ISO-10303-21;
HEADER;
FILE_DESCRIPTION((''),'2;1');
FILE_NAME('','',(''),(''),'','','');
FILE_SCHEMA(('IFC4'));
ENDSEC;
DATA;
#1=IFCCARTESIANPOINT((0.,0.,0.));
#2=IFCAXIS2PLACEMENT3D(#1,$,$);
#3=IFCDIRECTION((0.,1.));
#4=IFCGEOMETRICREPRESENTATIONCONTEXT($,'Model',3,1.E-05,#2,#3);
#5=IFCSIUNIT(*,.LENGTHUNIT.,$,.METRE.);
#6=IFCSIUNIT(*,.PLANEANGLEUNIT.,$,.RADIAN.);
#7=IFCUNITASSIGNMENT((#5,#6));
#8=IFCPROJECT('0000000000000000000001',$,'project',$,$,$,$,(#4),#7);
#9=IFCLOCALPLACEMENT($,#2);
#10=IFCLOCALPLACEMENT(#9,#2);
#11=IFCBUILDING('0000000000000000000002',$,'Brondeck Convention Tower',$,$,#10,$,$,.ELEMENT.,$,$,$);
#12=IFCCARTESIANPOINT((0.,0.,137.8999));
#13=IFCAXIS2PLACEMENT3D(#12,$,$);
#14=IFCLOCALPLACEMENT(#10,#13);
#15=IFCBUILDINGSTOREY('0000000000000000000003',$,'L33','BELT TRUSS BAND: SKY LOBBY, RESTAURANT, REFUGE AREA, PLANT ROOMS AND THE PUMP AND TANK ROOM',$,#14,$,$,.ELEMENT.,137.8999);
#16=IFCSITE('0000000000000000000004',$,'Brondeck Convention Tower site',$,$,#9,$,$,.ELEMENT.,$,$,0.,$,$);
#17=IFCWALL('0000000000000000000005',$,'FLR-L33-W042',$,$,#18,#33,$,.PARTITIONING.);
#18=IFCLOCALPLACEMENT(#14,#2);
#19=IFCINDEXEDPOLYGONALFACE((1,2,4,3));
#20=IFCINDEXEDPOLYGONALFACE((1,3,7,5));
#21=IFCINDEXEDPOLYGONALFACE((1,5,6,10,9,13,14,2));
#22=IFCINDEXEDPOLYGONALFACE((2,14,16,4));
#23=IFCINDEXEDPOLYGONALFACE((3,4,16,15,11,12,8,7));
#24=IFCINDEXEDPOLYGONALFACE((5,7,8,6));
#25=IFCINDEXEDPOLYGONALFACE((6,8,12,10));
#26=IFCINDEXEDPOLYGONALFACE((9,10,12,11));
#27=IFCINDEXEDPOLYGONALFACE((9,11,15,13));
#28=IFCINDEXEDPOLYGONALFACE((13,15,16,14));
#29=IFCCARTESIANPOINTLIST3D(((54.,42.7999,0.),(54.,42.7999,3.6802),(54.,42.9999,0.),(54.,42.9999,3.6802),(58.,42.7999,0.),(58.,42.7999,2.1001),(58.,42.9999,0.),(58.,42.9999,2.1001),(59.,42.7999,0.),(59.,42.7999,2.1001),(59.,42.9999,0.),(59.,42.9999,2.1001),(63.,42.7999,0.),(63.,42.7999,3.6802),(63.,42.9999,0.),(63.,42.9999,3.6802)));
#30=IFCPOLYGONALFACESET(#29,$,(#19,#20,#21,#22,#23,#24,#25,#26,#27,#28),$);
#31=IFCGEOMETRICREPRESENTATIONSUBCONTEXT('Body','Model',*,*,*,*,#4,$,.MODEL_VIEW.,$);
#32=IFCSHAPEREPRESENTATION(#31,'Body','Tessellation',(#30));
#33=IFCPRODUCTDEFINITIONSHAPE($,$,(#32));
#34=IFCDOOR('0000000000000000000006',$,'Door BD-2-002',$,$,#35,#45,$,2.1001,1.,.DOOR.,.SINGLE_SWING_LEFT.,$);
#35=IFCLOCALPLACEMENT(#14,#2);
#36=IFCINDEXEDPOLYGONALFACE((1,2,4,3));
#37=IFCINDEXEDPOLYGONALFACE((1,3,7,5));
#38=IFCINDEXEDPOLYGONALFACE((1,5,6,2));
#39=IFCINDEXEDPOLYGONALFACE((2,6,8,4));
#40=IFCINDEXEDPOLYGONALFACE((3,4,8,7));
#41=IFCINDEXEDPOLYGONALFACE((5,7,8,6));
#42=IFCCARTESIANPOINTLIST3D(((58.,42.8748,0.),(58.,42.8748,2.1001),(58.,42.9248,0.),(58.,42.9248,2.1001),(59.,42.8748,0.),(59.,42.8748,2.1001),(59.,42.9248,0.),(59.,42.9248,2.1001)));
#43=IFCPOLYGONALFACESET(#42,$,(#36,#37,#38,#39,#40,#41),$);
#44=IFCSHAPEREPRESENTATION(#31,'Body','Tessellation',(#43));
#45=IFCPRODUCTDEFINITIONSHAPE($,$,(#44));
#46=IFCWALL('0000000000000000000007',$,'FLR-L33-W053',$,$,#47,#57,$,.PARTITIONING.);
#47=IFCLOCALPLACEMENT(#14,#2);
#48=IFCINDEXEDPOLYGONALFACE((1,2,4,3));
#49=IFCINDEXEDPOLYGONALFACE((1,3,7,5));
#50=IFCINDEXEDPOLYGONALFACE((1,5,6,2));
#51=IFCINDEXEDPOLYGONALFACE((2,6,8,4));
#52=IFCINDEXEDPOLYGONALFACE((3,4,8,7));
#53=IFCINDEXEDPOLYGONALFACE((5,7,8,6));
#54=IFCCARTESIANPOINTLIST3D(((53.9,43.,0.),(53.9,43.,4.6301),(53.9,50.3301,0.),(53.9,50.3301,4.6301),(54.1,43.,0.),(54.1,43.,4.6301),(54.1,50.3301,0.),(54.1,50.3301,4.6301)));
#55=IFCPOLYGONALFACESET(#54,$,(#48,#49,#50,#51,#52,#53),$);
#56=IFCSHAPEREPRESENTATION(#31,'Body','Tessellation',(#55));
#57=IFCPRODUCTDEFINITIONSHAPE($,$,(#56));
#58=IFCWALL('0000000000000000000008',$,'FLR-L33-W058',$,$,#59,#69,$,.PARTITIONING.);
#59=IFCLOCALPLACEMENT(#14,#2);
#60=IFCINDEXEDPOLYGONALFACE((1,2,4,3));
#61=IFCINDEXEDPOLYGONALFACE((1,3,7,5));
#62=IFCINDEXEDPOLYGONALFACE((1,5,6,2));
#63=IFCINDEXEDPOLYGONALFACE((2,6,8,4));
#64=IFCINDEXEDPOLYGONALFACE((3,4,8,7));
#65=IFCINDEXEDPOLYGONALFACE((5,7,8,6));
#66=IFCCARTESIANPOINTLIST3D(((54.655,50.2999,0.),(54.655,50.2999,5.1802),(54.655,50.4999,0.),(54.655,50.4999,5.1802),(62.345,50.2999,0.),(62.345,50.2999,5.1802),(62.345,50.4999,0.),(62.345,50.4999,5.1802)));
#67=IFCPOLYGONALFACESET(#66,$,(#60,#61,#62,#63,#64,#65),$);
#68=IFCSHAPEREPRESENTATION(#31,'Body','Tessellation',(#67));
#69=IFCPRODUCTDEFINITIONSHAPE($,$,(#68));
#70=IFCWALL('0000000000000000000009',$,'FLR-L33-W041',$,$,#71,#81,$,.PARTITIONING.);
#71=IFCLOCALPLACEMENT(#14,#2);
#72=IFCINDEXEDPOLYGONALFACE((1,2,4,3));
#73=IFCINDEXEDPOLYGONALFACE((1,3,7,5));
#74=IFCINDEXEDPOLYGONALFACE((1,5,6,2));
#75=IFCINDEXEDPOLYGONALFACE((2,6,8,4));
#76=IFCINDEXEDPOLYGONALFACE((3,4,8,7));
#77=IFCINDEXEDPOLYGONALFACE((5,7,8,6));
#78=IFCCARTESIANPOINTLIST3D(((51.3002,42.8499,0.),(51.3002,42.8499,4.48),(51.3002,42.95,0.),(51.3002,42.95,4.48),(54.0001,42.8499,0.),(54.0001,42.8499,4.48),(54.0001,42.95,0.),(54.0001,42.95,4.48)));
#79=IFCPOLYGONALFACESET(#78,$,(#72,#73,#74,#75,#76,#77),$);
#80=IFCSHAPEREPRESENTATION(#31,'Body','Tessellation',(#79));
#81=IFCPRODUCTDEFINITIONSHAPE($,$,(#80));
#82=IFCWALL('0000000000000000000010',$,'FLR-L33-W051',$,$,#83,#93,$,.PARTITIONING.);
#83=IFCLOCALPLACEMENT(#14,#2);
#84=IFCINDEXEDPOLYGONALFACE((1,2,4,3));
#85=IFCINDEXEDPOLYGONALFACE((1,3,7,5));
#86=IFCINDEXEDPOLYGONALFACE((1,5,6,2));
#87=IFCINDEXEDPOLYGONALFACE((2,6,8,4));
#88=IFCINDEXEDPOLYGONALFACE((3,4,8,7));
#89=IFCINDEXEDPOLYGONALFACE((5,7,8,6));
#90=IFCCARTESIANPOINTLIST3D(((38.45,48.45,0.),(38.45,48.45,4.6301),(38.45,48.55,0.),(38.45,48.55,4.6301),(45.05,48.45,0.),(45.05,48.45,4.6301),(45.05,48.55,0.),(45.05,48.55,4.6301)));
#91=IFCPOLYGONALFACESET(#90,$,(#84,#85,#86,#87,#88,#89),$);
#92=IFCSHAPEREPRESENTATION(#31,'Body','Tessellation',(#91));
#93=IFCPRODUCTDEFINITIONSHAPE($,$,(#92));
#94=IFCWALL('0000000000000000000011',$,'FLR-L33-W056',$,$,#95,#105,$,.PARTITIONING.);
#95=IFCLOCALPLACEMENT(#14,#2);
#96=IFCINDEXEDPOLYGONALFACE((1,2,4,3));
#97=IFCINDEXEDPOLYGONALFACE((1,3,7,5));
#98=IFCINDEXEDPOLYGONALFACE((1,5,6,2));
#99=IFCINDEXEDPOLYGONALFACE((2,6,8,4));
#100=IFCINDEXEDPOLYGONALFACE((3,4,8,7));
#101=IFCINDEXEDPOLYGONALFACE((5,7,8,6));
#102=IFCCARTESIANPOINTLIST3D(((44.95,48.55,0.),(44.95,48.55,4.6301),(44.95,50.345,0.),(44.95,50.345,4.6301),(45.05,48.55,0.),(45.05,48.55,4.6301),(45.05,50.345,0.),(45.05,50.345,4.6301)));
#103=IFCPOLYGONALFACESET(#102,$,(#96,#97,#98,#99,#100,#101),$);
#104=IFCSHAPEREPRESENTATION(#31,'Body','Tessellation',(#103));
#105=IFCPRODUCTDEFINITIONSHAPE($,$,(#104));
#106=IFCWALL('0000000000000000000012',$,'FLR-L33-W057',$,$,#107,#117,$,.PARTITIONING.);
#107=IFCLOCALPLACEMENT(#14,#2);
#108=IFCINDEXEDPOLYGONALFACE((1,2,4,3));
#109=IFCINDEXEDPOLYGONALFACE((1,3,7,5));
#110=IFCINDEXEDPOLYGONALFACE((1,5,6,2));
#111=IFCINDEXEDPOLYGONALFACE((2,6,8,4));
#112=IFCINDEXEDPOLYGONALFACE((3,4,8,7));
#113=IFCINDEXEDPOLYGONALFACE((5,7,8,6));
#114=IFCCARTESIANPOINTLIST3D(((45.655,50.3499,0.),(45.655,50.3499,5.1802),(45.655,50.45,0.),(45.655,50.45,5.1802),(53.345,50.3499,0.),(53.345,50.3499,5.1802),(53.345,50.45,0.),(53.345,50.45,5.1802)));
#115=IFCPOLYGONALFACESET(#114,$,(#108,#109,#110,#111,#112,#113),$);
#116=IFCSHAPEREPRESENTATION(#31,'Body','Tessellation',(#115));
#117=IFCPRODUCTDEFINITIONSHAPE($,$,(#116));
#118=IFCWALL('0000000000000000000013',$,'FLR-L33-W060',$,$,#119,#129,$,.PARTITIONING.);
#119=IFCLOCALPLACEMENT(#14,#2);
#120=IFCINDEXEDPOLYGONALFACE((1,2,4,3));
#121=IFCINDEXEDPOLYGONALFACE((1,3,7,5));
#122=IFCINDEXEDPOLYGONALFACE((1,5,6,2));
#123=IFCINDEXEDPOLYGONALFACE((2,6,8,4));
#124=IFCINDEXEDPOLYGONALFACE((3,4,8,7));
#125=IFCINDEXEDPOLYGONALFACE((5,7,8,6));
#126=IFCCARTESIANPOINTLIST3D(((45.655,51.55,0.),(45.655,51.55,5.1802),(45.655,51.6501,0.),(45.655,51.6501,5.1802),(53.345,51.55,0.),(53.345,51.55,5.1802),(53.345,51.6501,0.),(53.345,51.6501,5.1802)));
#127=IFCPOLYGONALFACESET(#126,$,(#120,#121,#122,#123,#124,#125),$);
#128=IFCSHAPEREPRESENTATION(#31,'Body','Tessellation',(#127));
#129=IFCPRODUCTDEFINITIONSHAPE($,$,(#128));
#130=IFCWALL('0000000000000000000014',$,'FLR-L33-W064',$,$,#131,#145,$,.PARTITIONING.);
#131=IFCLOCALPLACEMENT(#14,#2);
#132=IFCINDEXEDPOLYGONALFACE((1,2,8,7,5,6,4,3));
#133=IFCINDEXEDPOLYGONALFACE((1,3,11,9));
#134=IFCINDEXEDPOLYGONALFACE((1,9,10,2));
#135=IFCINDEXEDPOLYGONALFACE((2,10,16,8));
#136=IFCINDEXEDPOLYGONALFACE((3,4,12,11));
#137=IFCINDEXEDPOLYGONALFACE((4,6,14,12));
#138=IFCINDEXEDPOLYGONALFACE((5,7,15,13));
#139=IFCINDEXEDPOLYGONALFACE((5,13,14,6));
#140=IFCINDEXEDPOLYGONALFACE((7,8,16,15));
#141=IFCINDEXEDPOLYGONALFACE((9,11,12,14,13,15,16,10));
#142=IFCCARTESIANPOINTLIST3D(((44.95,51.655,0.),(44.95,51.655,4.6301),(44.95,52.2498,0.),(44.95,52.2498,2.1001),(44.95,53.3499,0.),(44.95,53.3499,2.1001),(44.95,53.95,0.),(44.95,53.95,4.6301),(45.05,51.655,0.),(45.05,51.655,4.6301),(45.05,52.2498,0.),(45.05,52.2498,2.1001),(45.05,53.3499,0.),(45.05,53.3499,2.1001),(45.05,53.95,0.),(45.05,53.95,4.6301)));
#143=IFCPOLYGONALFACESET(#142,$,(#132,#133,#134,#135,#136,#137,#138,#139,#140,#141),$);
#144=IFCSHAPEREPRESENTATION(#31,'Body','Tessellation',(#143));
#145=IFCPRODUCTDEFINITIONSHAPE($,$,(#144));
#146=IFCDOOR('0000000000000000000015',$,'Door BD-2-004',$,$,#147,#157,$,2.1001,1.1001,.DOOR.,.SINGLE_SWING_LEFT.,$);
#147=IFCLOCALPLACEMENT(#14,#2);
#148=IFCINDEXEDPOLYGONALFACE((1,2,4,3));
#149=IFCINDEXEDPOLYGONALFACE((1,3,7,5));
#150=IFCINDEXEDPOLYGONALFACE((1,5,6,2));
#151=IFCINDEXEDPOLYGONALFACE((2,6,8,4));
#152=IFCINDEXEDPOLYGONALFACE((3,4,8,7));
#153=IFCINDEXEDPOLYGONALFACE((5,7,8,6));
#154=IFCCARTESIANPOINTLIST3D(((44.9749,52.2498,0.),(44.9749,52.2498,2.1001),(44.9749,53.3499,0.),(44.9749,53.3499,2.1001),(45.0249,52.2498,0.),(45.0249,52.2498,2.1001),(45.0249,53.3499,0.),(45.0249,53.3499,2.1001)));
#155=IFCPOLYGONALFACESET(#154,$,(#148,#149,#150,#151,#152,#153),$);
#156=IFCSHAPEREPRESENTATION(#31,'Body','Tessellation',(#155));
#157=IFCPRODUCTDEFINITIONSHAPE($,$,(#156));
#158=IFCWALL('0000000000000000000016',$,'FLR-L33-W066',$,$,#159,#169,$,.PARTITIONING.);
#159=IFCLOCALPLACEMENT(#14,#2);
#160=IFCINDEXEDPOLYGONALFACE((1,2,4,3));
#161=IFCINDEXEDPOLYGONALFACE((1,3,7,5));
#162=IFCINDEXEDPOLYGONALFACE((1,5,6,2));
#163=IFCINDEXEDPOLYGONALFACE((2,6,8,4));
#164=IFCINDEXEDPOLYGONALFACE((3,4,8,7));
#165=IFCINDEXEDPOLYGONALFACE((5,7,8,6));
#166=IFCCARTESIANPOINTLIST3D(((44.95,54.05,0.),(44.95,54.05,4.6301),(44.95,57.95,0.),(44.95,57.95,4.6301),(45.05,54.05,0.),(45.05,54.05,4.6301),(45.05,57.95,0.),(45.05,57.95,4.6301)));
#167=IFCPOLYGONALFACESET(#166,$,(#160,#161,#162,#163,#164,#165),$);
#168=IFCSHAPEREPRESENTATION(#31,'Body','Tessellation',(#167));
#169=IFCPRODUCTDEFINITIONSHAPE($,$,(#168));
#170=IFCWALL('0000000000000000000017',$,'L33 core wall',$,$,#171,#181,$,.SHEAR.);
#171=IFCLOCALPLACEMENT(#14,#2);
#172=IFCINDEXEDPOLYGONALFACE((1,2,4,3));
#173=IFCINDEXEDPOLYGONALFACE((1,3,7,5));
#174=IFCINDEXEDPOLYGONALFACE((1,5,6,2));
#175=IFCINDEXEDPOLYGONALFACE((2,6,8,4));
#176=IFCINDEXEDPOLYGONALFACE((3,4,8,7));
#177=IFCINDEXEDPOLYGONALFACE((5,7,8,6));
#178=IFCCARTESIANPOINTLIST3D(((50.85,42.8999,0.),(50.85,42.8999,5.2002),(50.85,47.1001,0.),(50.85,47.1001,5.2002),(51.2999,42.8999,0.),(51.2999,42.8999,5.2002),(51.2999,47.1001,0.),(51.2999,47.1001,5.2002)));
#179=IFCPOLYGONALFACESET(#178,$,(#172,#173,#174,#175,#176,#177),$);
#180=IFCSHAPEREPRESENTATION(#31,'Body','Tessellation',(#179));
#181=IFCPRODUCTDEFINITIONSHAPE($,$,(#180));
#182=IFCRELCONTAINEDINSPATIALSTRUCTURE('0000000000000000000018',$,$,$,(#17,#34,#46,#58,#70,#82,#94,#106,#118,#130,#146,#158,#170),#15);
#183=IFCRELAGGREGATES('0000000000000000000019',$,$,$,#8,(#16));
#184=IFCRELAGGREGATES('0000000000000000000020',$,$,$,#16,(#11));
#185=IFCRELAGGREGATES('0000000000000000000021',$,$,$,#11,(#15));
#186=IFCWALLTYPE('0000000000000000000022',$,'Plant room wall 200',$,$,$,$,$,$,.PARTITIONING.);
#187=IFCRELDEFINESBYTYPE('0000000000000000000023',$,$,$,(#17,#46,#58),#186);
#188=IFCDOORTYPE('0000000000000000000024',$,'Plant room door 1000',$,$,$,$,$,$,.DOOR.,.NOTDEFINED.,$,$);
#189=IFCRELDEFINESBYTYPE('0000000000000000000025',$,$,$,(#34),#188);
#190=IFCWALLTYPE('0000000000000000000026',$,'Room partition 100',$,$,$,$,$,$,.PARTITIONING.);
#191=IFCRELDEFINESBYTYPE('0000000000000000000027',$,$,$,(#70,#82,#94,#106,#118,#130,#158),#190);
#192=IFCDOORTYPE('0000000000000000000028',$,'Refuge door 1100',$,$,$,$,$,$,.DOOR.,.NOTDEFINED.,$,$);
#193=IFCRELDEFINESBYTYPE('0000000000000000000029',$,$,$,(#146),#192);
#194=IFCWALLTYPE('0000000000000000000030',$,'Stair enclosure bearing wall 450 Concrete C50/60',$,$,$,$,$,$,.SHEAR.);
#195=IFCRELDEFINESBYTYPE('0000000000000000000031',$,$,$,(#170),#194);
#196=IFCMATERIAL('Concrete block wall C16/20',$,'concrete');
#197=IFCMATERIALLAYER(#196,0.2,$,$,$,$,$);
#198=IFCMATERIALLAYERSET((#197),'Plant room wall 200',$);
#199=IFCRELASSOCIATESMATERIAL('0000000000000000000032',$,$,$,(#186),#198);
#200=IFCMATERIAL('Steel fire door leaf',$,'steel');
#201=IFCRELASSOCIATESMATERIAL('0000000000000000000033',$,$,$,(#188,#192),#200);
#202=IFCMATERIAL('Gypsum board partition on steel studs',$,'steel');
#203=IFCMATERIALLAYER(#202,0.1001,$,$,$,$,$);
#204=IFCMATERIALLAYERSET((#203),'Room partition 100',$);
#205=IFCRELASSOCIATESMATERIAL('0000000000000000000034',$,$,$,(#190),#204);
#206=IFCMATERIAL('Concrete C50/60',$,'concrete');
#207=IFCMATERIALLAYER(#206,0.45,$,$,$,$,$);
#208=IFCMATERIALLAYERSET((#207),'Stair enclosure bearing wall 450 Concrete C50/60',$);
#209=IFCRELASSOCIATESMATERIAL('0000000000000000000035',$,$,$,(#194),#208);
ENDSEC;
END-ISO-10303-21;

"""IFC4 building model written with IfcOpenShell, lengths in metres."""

from ifc_helpers import new_model, si_unit, direction, frame, frame_2d, origin, place, context, subcontext, project, spatial, rectangle, extrude, material, layer, layer_set, type_object, element, fill, save


model = new_model("IFC4")

# Units and contexts
model_context = context("Model", 3, precision=1e-05, world=origin(), true_north=direction((0.0, 1.0)))
body_context = subcontext(model_context, "Body", "Model", "MODEL_VIEW")
ifc_project = project(units=[si_unit("LENGTHUNIT", "METRE"), si_unit("PLANEANGLEUNIT", "RADIAN")], contexts=[model_context])

# Site, building, storey
site_placement = place(None, origin())
site = spatial("IfcSite", under=ifc_project, at=site_placement, Name="Brondeck Convention Tower site", CompositionType="ELEMENT", RefElevation=0.0)
building_placement = place(site_placement, origin())
building = spatial("IfcBuilding", under=site, at=building_placement, Name="Brondeck Convention Tower", CompositionType="ELEMENT")
storey_placement = place(building_placement, frame((0.0, 0.0, 137.8999)))
storey = spatial("IfcBuildingStorey", under=building, at=storey_placement, Name="L33", Description="BELT TRUSS BAND: SKY LOBBY, RESTAURANT, REFUGE AREA, PLANT ROOMS AND THE PUMP AND TANK ROOM", CompositionType="ELEMENT", Elevation=137.8999)

# Wall, opening, door
ifc_material_1 = material(Name="Concrete block wall C16/20", Category="concrete")
ifc_layer_1 = layer(ifc_material_1, 0.2)
ifc_layer_set_1 = layer_set([ifc_layer_1], Name="Plant room wall 200")
wall_type_1 = type_object("IfcWallType", Name="Plant room wall 200", PredefinedType="PARTITIONING", material=ifc_layer_set_1)
wall_1_placement = place(storey_placement, frame((54.0, 42.8999, 0.0), z_axis=(0.0, 0.0, 1.0), x_axis=(1.0, 0.0, 0.0)))
wall_1 = element("IfcWall", 1, at=wall_1_placement, inside=storey, type_object=wall_type_1, Name="FLR-L33-W042", PredefinedType="PARTITIONING", context=body_context, shape_type="SweptSolid", body=[
    extrude(rectangle(XDim=9.0, YDim=0.2, at=frame_2d((4.5, 0.0))), origin(), (0.0, 0.0, 1.0), 3.6802),
])
opening_1_placement = place(wall_1_placement, frame((4.0, 0.0, 0.0)))
opening_1 = element("IfcOpeningElement", 2, at=opening_1_placement, cuts=wall_1, PredefinedType="OPENING", context=body_context, shape_type="SweptSolid", body=[
    extrude(rectangle(XDim=1.0, YDim=2.1001, at=frame_2d((0.5, 1.05))), frame((0.0, 0.1099, 0.0), z_axis=(0.0, -1.0, 0.0), x_axis=(1.0, 0.0, 0.0)), (0.0, 0.0, 1.0), 0.22),
])
ifc_material_2 = material(Name="Steel fire door leaf", Category="steel")
door_type_1 = type_object("IfcDoorType", Name="Plant room door 1000", OperationType="NOTDEFINED", PredefinedType="DOOR", material=ifc_material_2)
door_1_placement = place(opening_1_placement, origin())
door_1 = element("IfcDoor", 3, at=door_1_placement, inside=storey, type_object=door_type_1, Name="Door BD-2-002", OperationType="SINGLE_SWING_LEFT", OverallHeight=2.1001, OverallWidth=1.0, PredefinedType="DOOR", context=body_context, shape_type="SweptSolid", body=[
    extrude(rectangle(XDim=1.0, YDim=2.1001, at=frame_2d((0.5, 1.05))), frame((0.0, 0.0249, 0.0), z_axis=(0.0, -1.0, 0.0), x_axis=(1.0, 0.0, 0.0)), (0.0, 0.0, 1.0), 0.05),
])
fill(opening_1, door_1)

# Walls
wall_2_placement = place(storey_placement, frame((54.0, 50.3301, 0.0), z_axis=(0.0, 0.0, 1.0), x_axis=(0.0, -1.0, 0.0)))
element("IfcWall", 4, at=wall_2_placement, inside=storey, type_object=wall_type_1, Name="FLR-L33-W053", PredefinedType="PARTITIONING", context=body_context, shape_type="SweptSolid", body=[
    extrude(rectangle(XDim=7.3301, YDim=0.2, at=frame_2d((3.665, 0.0))), origin(), (0.0, 0.0, 1.0), 4.6301),
])
wall_3_placement = place(storey_placement, frame((54.655, 50.3999, 0.0), z_axis=(0.0, 0.0, 1.0), x_axis=(1.0, 0.0, 0.0)))
element("IfcWall", 5, at=wall_3_placement, inside=storey, type_object=wall_type_1, Name="FLR-L33-W058", PredefinedType="PARTITIONING", context=body_context, shape_type="SweptSolid", body=[
    extrude(rectangle(XDim=7.6899, YDim=0.2, at=frame_2d((3.845, 0.0))), origin(), (0.0, 0.0, 1.0), 5.1802),
])
ifc_material_3 = material(Name="Gypsum board partition on steel studs", Category="steel")
ifc_layer_2 = layer(ifc_material_3, 0.1001)
ifc_layer_set_2 = layer_set([ifc_layer_2], Name="Room partition 100")
wall_type_2 = type_object("IfcWallType", Name="Room partition 100", PredefinedType="PARTITIONING", material=ifc_layer_set_2)
wall_4_placement = place(storey_placement, frame((51.3, 42.8999, 0.0), z_axis=(0.0, 0.0, 1.0), x_axis=(1.0, 0.0, 0.0)))
element("IfcWall", 6, at=wall_4_placement, inside=storey, type_object=wall_type_2, Name="FLR-L33-W041", PredefinedType="PARTITIONING", context=body_context, shape_type="SweptSolid", body=[
    extrude(rectangle(XDim=2.7, YDim=0.1001, at=frame_2d((1.3501, 0.0))), origin(), (0.0, 0.0, 1.0), 4.48),
])
wall_5_placement = place(storey_placement, frame((45.05, 48.5, 0.0), z_axis=(0.0, 0.0, 1.0), x_axis=(-1.0, 0.0, 0.0)))
element("IfcWall", 7, at=wall_5_placement, inside=storey, type_object=wall_type_2, Name="FLR-L33-W051", PredefinedType="PARTITIONING", context=body_context, shape_type="SweptSolid", body=[
    extrude(rectangle(XDim=6.6001, YDim=0.1001, at=frame_2d((3.3, 0.0))), origin(), (0.0, 0.0, 1.0), 4.6301),
])
wall_6_placement = place(storey_placement, frame((45.0, 50.345, 0.0), z_axis=(0.0, 0.0, 1.0), x_axis=(0.0, -1.0, 0.0)))
element("IfcWall", 8, at=wall_6_placement, inside=storey, type_object=wall_type_2, Name="FLR-L33-W056", PredefinedType="PARTITIONING", context=body_context, shape_type="SweptSolid", body=[
    extrude(rectangle(XDim=1.7949, YDim=0.1001, at=frame_2d((0.8975, 0.0))), origin(), (0.0, 0.0, 1.0), 4.6301),
])
for number, where, z_axis, x_axis, name in (
    (9, (45.655, 50.3999, 0.0), (0.0, 0.0, 1.0), (1.0, 0.0, 0.0), "FLR-L33-W057"),
    (10, (53.345, 51.6001, 0.0), (0.0, 0.0, 1.0), (-1.0, 0.0, 0.0), "FLR-L33-W060"),
):
    element("IfcWall", number, at=place(storey_placement, frame(where, z_axis=z_axis, x_axis=x_axis)), inside=storey, type_object=wall_type_2, Name=name, PredefinedType="PARTITIONING", context=body_context, shape_type="SweptSolid", body=[
        extrude(rectangle(XDim=7.6899, YDim=0.1001, at=frame_2d((3.845, 0.0))), origin(), (0.0, 0.0, 1.0), 5.1802),
    ])

# Wall, opening, door
wall_7_placement = place(storey_placement, frame((45.0, 53.95, 0.0), z_axis=(0.0, 0.0, 1.0), x_axis=(0.0, -1.0, 0.0)))
wall_7 = element("IfcWall", 11, at=wall_7_placement, inside=storey, type_object=wall_type_2, Name="FLR-L33-W064", PredefinedType="PARTITIONING", context=body_context, shape_type="SweptSolid", body=[
    extrude(rectangle(XDim=2.2949, YDim=0.1001, at=frame_2d((1.1475, 0.0))), origin(), (0.0, 0.0, 1.0), 4.6301),
])
opening_2_placement = place(wall_7_placement, frame((0.6001, 0.0, 0.0)))
opening_2 = element("IfcOpeningElement", 12, at=opening_2_placement, cuts=wall_7, PredefinedType="OPENING", context=body_context, shape_type="SweptSolid", body=[
    extrude(rectangle(XDim=1.1001, YDim=2.1001, at=frame_2d((0.55, 1.05))), frame((0.0, 0.0601, 0.0), z_axis=(0.0, -1.0, 0.0), x_axis=(1.0, 0.0, 0.0)), (0.0, 0.0, 1.0), 0.1201),
])
door_type_2 = type_object("IfcDoorType", Name="Refuge door 1100", OperationType="NOTDEFINED", PredefinedType="DOOR", material=ifc_material_2)
door_2_placement = place(opening_2_placement, origin())
door_2 = element("IfcDoor", 13, at=door_2_placement, inside=storey, type_object=door_type_2, Name="Door BD-2-004", OperationType="SINGLE_SWING_LEFT", OverallHeight=2.1001, OverallWidth=1.1001, PredefinedType="DOOR", context=body_context, shape_type="SweptSolid", body=[
    extrude(rectangle(XDim=1.1001, YDim=2.1001, at=frame_2d((0.55, 1.05))), frame((0.0, 0.0249, 0.0), z_axis=(0.0, -1.0, 0.0), x_axis=(1.0, 0.0, 0.0)), (0.0, 0.0, 1.0), 0.05),
])
fill(opening_2, door_2)

# Walls
wall_8_placement = place(storey_placement, frame((45.0, 54.05, 0.0), z_axis=(0.0, 0.0, 1.0), x_axis=(0.0, 1.0, 0.0)))
element("IfcWall", 14, at=wall_8_placement, inside=storey, type_object=wall_type_2, Name="FLR-L33-W066", PredefinedType="PARTITIONING", context=body_context, shape_type="SweptSolid", body=[
    extrude(rectangle(XDim=3.8999, YDim=0.1001, at=frame_2d((1.95, 0.0))), origin(), (0.0, 0.0, 1.0), 4.6301),
])
ifc_material_4 = material(Name="Concrete C50/60", Category="concrete")
ifc_layer_3 = layer(ifc_material_4, 0.45)
ifc_layer_set_3 = layer_set([ifc_layer_3], Name="Stair enclosure bearing wall 450 Concrete C50/60")
wall_type_3 = type_object("IfcWallType", Name="Stair enclosure bearing wall 450 Concrete C50/60", PredefinedType="SHEAR", material=ifc_layer_set_3)
wall_9_placement = place(storey_placement, frame((51.075, 42.8999, 0.0), z_axis=(0.0, 0.0, 1.0), x_axis=(0.0, 1.0, 0.0)))
element("IfcWall", 15, at=wall_9_placement, inside=storey, type_object=wall_type_3, Name="L33 core wall", PredefinedType="SHEAR", context=body_context, shape_type="SweptSolid", body=[
    extrude(rectangle(XDim=4.2002, YDim=0.45, at=frame_2d((2.1001, 0.0))), origin(), (0.0, 0.0, 1.0), 5.2002),
])

save(model, "model.ifc")
